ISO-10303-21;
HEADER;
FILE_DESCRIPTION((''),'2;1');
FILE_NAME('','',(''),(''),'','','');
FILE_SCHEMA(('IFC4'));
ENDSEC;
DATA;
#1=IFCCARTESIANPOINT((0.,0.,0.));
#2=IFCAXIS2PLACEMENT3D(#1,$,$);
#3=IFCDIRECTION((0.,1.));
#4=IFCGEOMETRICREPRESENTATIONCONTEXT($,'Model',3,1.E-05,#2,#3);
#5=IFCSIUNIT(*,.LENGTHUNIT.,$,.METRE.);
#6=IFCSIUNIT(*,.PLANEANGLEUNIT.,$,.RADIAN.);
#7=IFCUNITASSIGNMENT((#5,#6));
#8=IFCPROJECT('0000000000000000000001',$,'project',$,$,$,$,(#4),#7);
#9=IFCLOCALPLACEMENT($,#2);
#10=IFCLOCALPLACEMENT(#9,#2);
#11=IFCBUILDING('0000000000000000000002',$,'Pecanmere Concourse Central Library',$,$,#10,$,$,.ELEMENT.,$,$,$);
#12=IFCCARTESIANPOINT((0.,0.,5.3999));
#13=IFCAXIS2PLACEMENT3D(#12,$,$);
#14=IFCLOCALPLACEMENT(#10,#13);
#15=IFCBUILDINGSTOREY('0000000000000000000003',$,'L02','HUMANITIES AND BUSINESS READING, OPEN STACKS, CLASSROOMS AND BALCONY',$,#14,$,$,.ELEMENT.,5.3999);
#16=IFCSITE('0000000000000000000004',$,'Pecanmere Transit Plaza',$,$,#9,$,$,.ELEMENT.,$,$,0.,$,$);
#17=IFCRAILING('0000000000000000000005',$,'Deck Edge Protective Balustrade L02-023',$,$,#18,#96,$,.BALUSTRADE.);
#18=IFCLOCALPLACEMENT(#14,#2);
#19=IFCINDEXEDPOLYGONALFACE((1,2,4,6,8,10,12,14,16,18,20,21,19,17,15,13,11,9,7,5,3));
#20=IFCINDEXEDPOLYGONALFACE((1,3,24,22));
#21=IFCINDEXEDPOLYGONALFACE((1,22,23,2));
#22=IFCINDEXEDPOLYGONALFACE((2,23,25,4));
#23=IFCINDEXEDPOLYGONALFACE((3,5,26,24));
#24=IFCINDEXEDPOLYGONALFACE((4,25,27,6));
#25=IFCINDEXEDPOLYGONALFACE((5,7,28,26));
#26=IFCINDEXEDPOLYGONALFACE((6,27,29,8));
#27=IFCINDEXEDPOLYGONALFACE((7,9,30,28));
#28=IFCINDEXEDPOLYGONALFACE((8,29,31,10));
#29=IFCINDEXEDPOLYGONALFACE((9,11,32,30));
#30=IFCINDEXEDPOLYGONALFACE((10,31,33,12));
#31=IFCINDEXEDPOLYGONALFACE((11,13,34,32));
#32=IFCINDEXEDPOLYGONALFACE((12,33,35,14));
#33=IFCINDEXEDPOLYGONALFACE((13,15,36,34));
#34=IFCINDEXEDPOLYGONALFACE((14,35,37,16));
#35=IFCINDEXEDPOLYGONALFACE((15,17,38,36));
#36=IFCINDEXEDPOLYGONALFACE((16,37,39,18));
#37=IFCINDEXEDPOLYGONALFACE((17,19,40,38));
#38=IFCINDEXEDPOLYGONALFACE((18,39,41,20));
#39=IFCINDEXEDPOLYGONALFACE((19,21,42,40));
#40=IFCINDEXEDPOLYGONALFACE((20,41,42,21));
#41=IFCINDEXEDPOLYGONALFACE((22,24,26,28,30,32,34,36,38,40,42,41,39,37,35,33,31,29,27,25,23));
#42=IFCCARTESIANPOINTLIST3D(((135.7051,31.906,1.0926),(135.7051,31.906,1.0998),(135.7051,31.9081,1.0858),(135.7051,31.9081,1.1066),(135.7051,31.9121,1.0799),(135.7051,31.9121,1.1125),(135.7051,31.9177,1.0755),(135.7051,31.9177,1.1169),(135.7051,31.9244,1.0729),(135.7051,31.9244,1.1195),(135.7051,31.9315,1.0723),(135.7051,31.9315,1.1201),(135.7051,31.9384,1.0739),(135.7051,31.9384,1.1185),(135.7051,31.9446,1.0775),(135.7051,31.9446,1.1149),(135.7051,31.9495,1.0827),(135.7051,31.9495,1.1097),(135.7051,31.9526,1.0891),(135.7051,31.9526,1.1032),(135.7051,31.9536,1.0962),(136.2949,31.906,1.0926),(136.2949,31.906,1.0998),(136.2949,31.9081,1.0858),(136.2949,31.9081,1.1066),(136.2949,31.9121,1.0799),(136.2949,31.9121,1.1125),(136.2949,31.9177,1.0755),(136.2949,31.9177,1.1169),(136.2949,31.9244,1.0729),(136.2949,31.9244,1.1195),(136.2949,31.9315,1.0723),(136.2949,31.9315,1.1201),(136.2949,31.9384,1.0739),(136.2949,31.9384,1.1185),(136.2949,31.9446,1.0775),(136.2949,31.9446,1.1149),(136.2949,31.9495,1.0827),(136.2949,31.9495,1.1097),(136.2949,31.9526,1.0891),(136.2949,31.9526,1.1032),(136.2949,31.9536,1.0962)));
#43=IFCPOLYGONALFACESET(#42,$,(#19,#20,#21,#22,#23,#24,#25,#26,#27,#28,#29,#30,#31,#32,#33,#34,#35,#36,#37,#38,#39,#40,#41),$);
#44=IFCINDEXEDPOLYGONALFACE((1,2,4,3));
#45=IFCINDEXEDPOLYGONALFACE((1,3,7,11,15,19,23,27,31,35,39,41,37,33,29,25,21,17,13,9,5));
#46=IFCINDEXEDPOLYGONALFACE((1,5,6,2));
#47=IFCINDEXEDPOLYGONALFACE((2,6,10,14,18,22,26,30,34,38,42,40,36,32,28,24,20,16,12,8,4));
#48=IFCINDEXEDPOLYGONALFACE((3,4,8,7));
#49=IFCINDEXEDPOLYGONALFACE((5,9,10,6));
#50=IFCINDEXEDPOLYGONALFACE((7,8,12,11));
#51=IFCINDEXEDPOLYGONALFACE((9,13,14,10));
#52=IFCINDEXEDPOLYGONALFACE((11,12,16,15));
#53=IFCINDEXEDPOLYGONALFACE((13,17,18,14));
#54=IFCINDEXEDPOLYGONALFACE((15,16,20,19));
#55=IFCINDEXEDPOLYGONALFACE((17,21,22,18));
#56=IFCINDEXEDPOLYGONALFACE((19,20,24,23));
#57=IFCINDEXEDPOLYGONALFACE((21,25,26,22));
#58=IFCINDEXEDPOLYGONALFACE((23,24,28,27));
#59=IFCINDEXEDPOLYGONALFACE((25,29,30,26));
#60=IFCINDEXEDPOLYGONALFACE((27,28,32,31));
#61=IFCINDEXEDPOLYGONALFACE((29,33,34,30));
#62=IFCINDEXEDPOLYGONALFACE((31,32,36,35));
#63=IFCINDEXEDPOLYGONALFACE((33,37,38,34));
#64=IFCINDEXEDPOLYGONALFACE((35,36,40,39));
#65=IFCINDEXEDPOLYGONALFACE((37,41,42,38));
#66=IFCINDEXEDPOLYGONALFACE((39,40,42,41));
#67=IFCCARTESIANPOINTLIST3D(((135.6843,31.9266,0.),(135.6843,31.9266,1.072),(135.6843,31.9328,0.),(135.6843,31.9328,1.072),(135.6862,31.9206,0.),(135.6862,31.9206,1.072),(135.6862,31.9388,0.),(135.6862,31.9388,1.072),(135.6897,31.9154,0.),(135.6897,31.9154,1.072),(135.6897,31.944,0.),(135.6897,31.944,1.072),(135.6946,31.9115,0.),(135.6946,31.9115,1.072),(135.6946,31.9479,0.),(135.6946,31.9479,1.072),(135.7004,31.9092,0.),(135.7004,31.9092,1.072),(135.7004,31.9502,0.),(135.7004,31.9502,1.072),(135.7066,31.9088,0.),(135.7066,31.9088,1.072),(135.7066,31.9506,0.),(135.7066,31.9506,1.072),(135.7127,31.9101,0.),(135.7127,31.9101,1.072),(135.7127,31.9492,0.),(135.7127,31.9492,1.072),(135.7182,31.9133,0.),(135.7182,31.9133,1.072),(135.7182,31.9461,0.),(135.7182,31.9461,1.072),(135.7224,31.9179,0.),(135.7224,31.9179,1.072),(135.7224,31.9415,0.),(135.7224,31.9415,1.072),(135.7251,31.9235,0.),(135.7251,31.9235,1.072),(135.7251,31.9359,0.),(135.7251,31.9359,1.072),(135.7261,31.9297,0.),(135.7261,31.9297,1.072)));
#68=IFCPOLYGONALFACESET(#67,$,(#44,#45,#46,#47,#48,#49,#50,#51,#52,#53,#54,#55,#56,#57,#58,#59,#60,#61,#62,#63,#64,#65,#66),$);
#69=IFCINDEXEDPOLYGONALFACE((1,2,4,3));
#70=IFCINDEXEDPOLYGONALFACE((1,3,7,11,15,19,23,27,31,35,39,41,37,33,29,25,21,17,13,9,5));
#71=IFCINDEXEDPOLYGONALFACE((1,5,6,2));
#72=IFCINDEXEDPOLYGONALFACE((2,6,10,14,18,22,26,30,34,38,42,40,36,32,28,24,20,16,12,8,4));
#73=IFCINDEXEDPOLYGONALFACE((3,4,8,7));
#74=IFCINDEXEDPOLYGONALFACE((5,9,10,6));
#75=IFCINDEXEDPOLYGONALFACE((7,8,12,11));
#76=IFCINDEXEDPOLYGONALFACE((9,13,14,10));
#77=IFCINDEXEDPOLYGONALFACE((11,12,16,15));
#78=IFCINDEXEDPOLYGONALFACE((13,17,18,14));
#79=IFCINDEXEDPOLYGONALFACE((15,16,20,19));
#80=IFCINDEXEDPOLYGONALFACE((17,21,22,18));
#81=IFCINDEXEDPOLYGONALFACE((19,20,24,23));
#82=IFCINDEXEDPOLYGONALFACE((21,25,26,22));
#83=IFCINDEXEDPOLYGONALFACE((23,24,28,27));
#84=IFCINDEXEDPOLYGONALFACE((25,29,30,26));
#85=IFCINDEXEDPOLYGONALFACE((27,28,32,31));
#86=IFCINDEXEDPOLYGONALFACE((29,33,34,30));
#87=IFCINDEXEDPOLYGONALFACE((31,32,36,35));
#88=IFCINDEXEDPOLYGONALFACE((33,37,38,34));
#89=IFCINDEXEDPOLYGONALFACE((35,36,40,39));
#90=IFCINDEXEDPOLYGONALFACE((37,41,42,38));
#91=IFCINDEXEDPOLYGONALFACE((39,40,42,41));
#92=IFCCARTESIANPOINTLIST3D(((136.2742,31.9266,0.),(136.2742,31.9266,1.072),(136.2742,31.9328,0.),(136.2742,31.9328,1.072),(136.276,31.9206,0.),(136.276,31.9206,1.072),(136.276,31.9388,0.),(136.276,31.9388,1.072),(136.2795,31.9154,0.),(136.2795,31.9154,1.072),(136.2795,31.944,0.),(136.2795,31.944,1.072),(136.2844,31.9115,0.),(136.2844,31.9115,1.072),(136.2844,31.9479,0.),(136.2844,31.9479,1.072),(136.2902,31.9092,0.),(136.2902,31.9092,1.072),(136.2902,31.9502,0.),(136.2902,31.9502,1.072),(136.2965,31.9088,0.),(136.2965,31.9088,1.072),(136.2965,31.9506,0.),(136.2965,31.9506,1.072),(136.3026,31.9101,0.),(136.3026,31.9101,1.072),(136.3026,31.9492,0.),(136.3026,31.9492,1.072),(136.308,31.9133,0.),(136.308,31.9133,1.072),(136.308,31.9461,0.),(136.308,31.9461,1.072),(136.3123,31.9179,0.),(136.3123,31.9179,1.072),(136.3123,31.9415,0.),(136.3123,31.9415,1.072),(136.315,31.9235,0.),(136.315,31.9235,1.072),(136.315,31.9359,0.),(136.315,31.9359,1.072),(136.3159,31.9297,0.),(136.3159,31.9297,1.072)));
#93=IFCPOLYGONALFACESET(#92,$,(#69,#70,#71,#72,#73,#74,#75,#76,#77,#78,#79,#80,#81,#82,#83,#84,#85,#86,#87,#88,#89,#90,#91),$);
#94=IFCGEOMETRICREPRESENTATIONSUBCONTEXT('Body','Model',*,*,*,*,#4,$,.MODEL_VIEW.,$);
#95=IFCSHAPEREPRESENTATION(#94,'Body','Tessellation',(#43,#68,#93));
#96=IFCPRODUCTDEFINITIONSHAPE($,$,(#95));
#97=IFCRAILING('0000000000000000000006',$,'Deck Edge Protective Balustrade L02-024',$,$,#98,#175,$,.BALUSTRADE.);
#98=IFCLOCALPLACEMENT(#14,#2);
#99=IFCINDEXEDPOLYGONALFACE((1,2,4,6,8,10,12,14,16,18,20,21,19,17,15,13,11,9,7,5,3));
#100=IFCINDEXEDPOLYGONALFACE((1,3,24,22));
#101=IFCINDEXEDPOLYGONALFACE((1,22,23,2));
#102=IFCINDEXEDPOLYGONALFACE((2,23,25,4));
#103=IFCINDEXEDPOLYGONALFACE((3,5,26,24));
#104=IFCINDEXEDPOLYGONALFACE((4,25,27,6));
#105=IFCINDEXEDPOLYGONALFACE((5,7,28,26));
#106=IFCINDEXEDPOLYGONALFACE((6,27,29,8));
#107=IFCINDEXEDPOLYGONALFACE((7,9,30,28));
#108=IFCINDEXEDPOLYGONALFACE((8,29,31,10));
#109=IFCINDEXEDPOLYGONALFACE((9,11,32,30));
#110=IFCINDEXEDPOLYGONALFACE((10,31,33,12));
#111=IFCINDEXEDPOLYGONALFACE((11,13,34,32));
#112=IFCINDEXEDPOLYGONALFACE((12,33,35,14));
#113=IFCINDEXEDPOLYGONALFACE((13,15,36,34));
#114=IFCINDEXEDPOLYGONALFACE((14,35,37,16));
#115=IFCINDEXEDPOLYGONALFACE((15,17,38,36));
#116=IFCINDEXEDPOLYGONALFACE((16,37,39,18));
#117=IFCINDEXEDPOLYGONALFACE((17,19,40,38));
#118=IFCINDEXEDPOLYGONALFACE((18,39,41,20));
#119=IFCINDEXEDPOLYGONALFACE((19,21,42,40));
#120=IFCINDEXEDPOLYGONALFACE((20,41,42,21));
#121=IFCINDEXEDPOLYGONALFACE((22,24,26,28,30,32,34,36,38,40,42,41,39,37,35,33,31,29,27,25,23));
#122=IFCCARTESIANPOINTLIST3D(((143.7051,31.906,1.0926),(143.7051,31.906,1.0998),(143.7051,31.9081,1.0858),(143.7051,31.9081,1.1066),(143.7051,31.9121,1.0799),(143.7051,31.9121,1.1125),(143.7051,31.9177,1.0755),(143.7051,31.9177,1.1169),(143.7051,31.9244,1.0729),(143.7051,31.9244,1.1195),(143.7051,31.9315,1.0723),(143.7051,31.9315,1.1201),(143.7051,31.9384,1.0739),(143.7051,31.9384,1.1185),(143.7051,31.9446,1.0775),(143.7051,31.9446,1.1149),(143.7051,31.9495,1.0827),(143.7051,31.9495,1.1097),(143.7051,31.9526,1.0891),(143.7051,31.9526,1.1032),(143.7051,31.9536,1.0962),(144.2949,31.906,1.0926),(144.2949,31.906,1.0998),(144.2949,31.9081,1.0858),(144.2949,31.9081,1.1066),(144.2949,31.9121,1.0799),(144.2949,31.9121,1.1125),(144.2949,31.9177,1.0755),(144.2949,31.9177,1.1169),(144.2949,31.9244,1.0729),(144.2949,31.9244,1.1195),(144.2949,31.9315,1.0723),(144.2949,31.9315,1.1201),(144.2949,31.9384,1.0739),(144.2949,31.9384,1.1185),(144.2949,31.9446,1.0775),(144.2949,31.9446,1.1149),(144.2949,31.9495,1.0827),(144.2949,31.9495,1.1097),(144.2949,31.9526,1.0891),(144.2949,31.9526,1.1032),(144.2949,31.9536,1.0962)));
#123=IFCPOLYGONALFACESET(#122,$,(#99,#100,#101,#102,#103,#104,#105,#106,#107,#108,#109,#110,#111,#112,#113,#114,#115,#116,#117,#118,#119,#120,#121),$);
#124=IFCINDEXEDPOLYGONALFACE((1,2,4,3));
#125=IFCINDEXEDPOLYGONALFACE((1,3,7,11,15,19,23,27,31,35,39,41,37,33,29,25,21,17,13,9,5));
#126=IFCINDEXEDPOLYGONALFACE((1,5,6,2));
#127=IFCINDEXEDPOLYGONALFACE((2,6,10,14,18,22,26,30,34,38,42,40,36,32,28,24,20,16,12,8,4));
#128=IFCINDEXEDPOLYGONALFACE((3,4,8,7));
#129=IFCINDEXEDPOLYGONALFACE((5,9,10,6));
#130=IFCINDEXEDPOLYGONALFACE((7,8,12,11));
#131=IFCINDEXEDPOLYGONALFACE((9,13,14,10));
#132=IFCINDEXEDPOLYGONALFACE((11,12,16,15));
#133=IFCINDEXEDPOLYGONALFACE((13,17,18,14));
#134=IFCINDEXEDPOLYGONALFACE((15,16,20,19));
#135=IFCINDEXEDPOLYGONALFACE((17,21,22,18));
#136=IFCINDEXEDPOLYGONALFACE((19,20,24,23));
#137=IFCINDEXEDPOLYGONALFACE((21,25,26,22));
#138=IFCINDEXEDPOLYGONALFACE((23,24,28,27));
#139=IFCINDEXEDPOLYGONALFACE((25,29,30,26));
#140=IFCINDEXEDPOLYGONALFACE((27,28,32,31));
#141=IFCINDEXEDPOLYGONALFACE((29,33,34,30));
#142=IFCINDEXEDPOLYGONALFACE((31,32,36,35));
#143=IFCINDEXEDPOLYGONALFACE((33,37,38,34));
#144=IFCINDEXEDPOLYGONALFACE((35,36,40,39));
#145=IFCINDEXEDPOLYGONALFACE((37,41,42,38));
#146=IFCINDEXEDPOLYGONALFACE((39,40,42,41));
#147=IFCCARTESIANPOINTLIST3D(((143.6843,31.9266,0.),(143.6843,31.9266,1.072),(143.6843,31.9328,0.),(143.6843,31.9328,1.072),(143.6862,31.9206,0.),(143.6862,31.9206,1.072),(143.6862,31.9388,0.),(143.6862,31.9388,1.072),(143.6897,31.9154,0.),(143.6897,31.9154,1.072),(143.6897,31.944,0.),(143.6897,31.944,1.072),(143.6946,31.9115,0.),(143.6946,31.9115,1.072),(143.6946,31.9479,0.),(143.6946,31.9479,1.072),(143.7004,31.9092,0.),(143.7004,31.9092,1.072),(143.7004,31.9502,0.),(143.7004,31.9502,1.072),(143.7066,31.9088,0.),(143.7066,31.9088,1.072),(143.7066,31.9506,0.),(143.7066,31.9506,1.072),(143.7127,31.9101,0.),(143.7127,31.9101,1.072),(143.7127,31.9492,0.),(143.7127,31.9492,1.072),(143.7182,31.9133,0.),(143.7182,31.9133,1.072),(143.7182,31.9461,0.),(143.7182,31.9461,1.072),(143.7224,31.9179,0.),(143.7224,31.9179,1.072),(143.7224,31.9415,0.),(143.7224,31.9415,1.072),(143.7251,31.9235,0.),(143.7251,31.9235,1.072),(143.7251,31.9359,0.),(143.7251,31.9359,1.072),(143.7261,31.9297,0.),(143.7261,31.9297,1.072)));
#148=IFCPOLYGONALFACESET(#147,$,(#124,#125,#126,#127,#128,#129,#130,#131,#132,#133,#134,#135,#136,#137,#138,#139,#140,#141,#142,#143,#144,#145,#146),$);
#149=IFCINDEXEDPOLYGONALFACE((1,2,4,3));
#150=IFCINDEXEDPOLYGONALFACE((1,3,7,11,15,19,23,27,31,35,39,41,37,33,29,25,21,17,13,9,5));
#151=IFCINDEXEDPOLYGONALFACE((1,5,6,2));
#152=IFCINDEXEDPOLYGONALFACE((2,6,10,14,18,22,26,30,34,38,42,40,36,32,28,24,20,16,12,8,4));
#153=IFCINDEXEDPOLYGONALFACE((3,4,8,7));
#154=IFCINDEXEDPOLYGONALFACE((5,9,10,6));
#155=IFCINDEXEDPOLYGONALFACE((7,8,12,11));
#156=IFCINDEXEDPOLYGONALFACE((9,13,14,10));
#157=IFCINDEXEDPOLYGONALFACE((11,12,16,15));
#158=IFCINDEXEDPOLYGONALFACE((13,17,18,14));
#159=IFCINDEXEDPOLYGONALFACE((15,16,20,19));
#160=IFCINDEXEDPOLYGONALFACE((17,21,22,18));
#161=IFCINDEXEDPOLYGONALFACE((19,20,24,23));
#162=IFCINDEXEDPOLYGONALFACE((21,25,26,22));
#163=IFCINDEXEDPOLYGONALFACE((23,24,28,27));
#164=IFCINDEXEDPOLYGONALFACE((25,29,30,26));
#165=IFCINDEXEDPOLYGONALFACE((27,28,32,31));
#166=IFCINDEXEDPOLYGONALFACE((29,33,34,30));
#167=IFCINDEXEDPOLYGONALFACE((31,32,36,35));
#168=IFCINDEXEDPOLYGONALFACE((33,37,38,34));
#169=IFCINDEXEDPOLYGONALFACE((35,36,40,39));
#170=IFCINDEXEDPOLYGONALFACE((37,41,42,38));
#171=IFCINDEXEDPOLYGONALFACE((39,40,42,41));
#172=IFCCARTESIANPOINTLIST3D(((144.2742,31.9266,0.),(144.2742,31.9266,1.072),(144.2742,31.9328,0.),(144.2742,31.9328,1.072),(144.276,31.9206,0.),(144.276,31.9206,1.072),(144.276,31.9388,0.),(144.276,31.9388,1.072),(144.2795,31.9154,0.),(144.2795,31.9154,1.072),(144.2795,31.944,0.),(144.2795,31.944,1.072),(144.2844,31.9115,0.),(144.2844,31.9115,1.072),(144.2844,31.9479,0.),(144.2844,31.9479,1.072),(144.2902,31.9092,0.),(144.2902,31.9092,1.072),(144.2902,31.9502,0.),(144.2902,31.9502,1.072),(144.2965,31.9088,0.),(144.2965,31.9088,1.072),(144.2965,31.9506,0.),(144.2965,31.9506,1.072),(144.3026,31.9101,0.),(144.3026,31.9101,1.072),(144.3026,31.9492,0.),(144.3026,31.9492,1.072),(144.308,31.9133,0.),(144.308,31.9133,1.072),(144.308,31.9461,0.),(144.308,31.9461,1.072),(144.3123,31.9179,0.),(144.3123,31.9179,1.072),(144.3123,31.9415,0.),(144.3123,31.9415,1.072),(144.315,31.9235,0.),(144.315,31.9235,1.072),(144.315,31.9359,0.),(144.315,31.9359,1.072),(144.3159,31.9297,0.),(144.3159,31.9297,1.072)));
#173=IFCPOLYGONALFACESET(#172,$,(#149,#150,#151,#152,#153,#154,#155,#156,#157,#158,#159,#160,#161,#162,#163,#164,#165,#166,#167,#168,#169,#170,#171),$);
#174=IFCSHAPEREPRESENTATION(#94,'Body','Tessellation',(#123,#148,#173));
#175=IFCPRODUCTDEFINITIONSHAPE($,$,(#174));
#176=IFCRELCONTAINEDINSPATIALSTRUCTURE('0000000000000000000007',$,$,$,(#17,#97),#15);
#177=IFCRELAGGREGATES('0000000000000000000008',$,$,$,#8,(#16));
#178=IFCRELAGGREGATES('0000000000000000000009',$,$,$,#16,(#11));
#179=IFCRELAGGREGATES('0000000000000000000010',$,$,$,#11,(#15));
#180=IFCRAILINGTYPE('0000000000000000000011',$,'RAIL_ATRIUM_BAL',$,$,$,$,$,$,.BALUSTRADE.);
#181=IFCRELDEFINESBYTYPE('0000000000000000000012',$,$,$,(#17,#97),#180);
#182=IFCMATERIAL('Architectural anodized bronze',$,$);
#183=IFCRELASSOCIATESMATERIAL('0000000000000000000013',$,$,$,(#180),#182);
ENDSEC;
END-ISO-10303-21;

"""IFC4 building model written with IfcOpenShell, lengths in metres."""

from ifc_helpers import new_model, si_unit, direction, frame, origin, origin_2d, place, context, subcontext, project, spatial, circle, extrude, material, type_object, element, save


model = new_model("IFC4")

# Units and contexts
model_context = context("Model", 3, precision=1e-05, world=origin(), true_north=direction((0.0, 1.0)))
body_context = subcontext(model_context, "Body", "Model", "MODEL_VIEW")
ifc_project = project(units=[si_unit("LENGTHUNIT", "METRE"), si_unit("PLANEANGLEUNIT", "RADIAN")], contexts=[model_context])

# Site, building, storey
site_placement = place(None, origin())
site = spatial("IfcSite", under=ifc_project, at=site_placement, Name="Pecanmere Transit Plaza", CompositionType="ELEMENT", RefElevation=0.0)
building_placement = place(site_placement, origin())
building = spatial("IfcBuilding", under=site, at=building_placement, Name="Pecanmere Concourse Central Library", CompositionType="ELEMENT")
storey_placement = place(building_placement, frame((0.0, 0.0, 5.3999)))
storey = spatial("IfcBuildingStorey", under=building, at=storey_placement, Name="L02", Description="HUMANITIES AND BUSINESS READING, OPEN STACKS, CLASSROOMS AND BALCONY", CompositionType="ELEMENT", Elevation=5.3999)

# Railings
ifc_material_1 = material(Name="Architectural anodized bronze")
railing_type = type_object("IfcRailingType", Name="RAIL_ATRIUM_BAL", PredefinedType="BALUSTRADE", material=ifc_material_1)
for number, where, name in (
    (1, (135.7051, 31.9297, 0.0), "Deck Edge Protective Balustrade L02-023"),
    (2, (143.7051, 31.9297, 0.0), "Deck Edge Protective Balustrade L02-024"),
):
    element("IfcRailing", number, at=place(storey_placement, frame(where)), inside=storey, type_object=railing_type, Name=name, PredefinedType="BALUSTRADE", context=body_context, shape_type="SweptSolid", body=[
        extrude(circle(Radius=0.0239, at=origin_2d()), frame((0.0, 0.0, 1.0962), z_axis=(1.0, 0.0, 0.0), x_axis=(0.0, 1.0, 0.0)), (0.0, 0.0, 1.0), 0.5898),
        extrude(circle(Radius=0.021, at=origin_2d()), origin(), (0.0, 0.0, 1.0), 1.072),
        extrude(circle(Radius=0.021, at=origin_2d()), frame((0.5898, 0.0, 0.0)), (0.0, 0.0, 1.0), 1.072),
    ])

save(model, "model.ifc")
